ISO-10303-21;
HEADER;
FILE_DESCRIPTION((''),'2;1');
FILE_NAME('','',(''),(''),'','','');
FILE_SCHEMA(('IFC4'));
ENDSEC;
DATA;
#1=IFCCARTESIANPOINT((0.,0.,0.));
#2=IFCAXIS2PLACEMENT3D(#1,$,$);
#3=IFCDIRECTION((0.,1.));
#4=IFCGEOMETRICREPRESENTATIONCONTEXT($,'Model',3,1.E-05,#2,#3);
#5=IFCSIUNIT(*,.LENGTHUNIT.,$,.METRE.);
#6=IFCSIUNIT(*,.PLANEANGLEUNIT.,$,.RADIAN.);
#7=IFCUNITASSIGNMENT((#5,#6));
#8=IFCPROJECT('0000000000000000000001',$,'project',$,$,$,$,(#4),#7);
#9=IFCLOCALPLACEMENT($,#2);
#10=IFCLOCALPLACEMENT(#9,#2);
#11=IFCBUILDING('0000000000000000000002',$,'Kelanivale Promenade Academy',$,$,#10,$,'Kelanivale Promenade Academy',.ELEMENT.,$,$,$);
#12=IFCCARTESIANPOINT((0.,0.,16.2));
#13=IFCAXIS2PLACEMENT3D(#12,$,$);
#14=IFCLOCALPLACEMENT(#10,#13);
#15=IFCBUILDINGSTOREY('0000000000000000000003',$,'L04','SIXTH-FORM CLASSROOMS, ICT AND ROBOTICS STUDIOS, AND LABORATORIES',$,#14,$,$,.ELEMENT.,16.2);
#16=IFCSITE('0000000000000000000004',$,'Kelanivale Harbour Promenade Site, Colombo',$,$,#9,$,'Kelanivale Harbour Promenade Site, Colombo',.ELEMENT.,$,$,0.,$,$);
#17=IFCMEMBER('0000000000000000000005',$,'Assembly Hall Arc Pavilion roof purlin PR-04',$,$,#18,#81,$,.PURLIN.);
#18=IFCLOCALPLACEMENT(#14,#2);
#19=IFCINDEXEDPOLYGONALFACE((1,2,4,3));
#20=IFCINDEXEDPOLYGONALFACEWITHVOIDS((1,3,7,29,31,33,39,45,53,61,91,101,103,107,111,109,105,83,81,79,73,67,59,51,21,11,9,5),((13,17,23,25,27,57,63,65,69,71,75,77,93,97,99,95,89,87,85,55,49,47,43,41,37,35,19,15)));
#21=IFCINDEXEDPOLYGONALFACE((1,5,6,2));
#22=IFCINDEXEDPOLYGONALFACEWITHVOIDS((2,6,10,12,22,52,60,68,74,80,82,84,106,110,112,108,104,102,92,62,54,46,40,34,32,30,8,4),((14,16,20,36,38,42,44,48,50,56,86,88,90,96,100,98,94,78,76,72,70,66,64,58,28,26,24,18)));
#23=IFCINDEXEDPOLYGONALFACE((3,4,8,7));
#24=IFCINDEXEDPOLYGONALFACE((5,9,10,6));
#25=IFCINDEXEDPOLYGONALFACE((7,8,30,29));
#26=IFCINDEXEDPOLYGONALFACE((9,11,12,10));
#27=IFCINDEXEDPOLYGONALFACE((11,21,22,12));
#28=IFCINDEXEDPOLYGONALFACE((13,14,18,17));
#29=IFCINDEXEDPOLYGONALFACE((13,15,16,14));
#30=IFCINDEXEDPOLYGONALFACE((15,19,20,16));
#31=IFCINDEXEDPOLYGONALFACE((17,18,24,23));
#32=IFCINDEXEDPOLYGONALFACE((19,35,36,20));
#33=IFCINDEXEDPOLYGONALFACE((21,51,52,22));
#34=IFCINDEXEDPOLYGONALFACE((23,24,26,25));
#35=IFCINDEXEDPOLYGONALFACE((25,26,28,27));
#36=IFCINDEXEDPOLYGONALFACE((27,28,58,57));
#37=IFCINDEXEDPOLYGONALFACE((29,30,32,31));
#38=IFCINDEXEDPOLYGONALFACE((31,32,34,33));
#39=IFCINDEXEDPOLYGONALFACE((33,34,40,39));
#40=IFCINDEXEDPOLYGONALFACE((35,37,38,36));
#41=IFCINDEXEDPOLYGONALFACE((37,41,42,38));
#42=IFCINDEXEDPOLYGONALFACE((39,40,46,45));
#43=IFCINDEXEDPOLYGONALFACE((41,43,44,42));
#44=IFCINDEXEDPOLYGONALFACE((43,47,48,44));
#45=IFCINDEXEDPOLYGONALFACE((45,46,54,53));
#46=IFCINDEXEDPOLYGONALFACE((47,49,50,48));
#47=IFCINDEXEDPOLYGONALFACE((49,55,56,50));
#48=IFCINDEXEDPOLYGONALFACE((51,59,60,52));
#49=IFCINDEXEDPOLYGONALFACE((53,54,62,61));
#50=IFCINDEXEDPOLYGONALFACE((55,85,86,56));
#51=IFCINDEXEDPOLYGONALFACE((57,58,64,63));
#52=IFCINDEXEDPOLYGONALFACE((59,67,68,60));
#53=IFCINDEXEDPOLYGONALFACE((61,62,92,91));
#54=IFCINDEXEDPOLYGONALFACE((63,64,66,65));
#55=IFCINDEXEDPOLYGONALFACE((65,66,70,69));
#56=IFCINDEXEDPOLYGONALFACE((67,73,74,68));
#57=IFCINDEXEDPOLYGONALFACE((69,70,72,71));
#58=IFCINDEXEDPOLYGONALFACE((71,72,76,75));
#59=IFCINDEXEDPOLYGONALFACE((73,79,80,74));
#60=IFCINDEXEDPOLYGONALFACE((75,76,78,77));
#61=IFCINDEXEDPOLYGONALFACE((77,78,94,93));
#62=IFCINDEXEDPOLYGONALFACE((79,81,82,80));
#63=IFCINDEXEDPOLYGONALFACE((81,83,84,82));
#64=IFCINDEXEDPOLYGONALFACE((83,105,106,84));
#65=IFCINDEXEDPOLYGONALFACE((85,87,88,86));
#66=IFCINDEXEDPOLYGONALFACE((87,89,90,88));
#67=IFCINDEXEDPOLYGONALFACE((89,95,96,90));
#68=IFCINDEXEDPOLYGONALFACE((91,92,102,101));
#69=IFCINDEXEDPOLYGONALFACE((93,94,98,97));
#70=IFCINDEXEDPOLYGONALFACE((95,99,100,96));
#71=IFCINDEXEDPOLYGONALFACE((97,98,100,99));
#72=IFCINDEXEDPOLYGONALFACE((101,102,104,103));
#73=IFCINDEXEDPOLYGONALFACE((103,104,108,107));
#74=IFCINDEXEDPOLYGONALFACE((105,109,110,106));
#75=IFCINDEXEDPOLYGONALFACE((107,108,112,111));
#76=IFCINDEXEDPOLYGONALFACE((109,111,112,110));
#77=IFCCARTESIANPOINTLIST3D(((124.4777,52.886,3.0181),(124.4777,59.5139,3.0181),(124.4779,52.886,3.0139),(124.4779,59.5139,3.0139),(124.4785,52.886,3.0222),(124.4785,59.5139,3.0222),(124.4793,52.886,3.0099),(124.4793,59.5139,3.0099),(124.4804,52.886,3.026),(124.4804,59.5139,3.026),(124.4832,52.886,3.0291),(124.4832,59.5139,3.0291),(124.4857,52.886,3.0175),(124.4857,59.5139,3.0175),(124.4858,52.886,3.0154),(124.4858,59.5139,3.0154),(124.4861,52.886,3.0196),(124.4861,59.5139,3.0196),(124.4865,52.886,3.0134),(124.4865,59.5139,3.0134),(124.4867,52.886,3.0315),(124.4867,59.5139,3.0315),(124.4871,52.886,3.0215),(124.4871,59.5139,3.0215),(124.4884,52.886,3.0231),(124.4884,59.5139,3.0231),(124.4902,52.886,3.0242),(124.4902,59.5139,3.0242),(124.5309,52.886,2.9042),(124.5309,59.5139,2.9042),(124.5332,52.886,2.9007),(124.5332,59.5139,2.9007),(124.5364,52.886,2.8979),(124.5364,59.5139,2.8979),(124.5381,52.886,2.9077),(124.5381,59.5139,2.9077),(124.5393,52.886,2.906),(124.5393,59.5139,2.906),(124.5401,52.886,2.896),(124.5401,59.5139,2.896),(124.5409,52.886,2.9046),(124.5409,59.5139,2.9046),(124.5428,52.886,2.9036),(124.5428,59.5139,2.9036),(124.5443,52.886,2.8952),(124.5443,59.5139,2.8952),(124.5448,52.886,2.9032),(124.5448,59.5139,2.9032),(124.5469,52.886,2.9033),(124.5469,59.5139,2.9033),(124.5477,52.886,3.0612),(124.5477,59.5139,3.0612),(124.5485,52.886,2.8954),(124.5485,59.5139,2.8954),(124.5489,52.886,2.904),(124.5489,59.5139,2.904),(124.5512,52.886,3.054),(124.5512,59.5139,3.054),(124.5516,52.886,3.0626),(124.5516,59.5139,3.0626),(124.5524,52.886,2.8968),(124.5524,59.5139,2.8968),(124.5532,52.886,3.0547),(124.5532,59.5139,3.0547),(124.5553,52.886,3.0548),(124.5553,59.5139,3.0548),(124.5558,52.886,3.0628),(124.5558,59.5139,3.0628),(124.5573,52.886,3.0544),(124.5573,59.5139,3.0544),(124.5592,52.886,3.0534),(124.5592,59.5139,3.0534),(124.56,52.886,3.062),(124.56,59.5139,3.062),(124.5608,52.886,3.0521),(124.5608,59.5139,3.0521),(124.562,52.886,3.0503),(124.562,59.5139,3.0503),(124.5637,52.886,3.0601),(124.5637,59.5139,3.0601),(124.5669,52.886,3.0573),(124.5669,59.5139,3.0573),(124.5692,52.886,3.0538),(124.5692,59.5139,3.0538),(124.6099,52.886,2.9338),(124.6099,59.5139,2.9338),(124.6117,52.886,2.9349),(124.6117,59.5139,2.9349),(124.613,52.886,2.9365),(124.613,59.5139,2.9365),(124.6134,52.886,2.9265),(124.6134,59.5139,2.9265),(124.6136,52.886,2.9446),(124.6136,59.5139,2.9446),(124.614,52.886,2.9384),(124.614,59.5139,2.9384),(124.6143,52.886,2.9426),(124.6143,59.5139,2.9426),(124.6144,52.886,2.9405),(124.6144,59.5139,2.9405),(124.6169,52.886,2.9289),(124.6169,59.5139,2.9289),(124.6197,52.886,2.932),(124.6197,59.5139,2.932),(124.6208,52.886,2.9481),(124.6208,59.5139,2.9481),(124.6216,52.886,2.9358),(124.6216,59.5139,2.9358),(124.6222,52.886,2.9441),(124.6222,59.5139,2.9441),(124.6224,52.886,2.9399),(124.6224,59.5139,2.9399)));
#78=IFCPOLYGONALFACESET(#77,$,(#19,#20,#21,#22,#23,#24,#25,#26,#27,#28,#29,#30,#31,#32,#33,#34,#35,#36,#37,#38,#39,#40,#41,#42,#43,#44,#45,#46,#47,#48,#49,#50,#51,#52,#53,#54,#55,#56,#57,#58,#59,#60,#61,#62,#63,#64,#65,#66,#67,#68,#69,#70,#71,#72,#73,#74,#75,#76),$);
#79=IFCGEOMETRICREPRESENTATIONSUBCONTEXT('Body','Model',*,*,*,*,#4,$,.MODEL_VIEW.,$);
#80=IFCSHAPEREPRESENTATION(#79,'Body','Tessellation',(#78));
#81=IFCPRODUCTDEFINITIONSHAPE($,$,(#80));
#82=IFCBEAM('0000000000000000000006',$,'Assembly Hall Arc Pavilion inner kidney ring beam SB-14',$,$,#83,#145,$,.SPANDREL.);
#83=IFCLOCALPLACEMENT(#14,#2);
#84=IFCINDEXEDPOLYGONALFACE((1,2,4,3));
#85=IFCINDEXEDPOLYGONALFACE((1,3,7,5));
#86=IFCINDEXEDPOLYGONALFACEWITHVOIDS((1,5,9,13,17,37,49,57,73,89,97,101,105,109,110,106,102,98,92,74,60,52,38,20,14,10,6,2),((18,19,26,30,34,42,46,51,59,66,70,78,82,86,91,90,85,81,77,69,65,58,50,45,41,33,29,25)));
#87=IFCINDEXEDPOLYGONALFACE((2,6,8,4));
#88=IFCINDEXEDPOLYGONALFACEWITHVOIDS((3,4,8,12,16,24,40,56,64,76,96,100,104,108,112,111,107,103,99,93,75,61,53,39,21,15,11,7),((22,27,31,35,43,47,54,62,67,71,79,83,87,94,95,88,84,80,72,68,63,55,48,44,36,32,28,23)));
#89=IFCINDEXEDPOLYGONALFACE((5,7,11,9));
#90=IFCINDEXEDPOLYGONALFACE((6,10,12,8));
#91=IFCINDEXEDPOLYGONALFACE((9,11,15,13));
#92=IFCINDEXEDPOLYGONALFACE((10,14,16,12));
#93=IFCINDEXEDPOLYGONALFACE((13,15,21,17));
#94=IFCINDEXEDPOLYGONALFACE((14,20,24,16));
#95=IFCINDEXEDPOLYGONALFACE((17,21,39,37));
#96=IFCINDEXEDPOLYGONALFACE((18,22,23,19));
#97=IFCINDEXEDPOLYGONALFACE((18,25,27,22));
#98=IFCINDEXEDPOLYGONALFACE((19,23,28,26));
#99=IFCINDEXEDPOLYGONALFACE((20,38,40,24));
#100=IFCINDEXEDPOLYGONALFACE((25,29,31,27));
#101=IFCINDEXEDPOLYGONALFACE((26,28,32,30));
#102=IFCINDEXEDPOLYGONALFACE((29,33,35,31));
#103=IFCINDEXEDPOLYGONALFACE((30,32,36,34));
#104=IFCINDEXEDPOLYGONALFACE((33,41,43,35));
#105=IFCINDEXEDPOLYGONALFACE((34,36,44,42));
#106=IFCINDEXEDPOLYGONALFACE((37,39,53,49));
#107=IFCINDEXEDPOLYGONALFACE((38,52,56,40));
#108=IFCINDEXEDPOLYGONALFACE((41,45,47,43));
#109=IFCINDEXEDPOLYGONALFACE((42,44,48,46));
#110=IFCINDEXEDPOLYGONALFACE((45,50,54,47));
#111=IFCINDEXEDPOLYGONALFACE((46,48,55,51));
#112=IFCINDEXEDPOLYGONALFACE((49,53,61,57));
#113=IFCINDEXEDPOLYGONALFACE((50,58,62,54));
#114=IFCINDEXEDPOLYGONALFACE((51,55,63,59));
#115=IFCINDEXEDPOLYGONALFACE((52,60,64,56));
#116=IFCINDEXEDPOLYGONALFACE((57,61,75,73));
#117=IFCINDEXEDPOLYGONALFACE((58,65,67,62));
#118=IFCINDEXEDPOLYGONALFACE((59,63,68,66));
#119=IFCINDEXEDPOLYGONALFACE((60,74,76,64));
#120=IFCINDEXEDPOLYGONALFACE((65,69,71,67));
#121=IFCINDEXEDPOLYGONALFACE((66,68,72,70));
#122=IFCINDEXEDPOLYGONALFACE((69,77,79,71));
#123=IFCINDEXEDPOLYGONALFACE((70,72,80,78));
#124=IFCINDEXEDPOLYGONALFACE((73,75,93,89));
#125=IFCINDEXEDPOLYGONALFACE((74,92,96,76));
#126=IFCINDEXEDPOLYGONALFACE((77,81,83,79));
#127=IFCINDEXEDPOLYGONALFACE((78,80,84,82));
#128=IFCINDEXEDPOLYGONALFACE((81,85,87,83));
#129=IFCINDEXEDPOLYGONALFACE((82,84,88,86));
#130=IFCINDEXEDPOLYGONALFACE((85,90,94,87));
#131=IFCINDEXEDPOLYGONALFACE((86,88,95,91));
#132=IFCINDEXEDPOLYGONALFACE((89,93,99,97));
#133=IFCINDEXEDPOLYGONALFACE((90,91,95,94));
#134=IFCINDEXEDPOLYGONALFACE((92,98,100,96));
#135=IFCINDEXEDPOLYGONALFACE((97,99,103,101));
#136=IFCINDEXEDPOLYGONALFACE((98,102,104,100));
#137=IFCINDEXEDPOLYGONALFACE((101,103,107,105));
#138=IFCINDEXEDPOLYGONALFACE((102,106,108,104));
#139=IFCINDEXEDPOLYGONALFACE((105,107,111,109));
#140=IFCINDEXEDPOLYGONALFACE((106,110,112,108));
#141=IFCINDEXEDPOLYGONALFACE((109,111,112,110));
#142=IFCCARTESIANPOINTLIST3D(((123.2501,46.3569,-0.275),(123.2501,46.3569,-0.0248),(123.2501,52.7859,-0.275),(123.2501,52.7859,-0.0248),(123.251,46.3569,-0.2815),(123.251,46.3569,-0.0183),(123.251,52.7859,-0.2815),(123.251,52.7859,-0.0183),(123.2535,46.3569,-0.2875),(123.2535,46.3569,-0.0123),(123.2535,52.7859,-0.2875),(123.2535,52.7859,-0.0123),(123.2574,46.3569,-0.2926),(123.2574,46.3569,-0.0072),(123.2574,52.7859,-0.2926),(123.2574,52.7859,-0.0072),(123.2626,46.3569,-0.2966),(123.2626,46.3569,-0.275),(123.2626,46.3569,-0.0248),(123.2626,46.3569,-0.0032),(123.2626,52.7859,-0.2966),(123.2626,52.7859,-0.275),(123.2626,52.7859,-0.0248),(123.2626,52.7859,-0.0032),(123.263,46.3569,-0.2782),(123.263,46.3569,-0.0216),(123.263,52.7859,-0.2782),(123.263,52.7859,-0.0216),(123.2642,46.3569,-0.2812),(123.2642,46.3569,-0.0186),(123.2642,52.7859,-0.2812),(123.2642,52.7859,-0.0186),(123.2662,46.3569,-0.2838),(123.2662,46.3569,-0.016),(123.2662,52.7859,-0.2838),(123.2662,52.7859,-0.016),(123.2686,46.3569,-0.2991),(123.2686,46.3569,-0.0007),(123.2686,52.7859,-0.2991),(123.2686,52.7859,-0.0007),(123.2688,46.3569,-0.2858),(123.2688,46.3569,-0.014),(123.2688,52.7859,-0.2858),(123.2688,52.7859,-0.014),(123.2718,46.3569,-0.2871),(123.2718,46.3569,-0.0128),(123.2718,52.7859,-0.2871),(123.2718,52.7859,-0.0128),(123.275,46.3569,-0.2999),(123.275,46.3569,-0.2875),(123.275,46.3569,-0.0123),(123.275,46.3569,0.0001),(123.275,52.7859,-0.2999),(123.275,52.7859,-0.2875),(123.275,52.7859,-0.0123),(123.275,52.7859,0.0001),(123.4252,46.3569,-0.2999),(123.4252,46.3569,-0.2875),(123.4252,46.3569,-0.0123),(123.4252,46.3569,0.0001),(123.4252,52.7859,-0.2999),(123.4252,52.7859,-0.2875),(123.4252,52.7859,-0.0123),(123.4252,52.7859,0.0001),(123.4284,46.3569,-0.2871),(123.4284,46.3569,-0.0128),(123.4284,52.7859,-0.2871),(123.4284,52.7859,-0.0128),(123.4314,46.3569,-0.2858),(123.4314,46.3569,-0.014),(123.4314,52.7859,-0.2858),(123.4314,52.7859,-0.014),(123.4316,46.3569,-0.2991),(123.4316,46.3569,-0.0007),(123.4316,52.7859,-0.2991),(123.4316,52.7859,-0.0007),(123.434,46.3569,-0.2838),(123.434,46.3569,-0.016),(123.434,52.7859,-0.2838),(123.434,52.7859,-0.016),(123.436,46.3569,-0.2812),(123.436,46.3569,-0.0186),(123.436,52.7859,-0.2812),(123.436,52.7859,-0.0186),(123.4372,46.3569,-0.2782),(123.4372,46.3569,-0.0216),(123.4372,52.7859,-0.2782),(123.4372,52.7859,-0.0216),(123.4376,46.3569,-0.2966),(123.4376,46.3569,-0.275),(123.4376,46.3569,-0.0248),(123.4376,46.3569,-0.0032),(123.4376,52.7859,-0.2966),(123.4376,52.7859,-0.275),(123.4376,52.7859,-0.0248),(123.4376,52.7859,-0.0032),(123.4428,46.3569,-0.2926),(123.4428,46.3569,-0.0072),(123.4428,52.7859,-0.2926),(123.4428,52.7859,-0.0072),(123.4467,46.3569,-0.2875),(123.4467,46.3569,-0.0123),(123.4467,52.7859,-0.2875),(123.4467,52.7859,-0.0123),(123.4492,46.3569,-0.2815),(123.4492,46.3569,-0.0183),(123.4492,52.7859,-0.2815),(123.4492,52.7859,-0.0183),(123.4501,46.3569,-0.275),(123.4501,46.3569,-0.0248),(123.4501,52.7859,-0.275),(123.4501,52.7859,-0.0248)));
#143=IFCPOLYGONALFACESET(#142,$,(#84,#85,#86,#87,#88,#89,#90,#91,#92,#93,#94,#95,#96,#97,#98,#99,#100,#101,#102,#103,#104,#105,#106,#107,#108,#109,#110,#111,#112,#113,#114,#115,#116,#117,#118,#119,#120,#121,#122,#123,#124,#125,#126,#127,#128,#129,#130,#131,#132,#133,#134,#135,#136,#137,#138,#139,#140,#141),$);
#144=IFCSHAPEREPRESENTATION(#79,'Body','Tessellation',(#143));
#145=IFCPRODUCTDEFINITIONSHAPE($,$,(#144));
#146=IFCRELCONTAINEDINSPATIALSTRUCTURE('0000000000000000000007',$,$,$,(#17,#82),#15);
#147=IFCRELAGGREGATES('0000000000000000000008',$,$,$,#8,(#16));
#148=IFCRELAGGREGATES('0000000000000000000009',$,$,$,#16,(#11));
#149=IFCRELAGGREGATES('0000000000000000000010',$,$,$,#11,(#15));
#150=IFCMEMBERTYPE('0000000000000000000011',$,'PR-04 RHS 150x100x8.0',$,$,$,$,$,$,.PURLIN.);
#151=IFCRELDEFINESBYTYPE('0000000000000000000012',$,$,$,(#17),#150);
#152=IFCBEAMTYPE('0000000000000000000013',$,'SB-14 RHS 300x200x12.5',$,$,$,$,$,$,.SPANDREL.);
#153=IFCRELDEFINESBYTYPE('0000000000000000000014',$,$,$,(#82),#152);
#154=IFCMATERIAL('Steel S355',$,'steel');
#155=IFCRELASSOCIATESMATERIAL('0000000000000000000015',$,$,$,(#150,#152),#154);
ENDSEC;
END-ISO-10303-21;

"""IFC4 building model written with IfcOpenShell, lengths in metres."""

from ifc_helpers import new_model, si_unit, direction, frame, origin, origin_2d, place, context, subcontext, project, spatial, hollow_rectangle, extrude, material, material_profile, profile_set, type_object, element, save


model = new_model("IFC4")

# Units and contexts
model_context = context("Model", 3, precision=1e-05, world=origin(), true_north=direction((0.0, 1.0)))
body_context = subcontext(model_context, "Body", "Model", "MODEL_VIEW")
ifc_project = project(units=[si_unit("LENGTHUNIT", "METRE"), si_unit("PLANEANGLEUNIT", "RADIAN")], contexts=[model_context])

# Site, building, storey
site_placement = place(None, origin())
site = spatial("IfcSite", under=ifc_project, at=site_placement, Name="Kelanivale Harbour Promenade Site, Colombo", LongName="Kelanivale Harbour Promenade Site, Colombo", CompositionType="ELEMENT", RefElevation=0.0)
building_placement = place(site_placement, origin())
building = spatial("IfcBuilding", under=site, at=building_placement, Name="Kelanivale Promenade Academy", LongName="Kelanivale Promenade Academy", CompositionType="ELEMENT")
storey_placement = place(building_placement, frame((0.0, 0.0, 16.2)))
storey = spatial("IfcBuildingStorey", under=building, at=storey_placement, Name="L04", Description="SIXTH-FORM CLASSROOMS, ICT AND ROBOTICS STUDIOS, AND LABORATORIES", CompositionType="ELEMENT", Elevation=16.2)

# Shared definitions
ifc_material_1 = material(Name="Steel S355", Category="steel")

# Member
ifc_material_profile_1 = material_profile(ifc_material_1, hollow_rectangle(XDim=0.1001, YDim=0.1499, WallThickness=0.0081, InnerFilletRadius=0.0081, OuterFilletRadius=0.0161, at=origin_2d()), Name="RHS 150x100x8.0")
ifc_profile_set_1 = profile_set([ifc_material_profile_1], Name="Steel S355")
member_type_1 = type_object("IfcMemberType", Name="PR-04 RHS 150x100x8.0", PredefinedType="PURLIN", material=ifc_profile_set_1)
member_1_placement = place(storey_placement, frame((124.55, 52.886, 2.979), z_axis=(0.0, 1.0, 0.0), x_axis=(-0.898564, 0.0, -0.438842)))
element("IfcMember", 1, at=member_1_placement, inside=storey, type_object=member_type_1, Name="Assembly Hall Arc Pavilion roof purlin PR-04", PredefinedType="PURLIN", context=body_context, shape_type="SweptSolid", body=[
    extrude(hollow_rectangle(XDim=0.1001, YDim=0.1499, WallThickness=0.0081, InnerFilletRadius=0.0081, OuterFilletRadius=0.0161, at=origin_2d()), origin(), (0.0, 0.0, 1.0), 6.6279),
])

# Beam
ifc_material_profile_2 = material_profile(ifc_material_1, hollow_rectangle(XDim=0.2, YDim=0.3, WallThickness=0.0125, InnerFilletRadius=0.0125, OuterFilletRadius=0.0249, at=origin_2d()), Name="RHS 300x200x12.5")
ifc_profile_set_2 = profile_set([ifc_material_profile_2], Name="Steel S355")
beam_type = type_object("IfcBeamType", Name="SB-14 RHS 300x200x12.5", PredefinedType="SPANDREL", material=ifc_profile_set_2)
beam_placement = place(storey_placement, frame((123.3501, 46.3569, -0.1499), z_axis=(0.0, 1.0, 0.0), x_axis=(-1.0, 0.0, 0.0)))
element("IfcBeam", 2, at=beam_placement, inside=storey, type_object=beam_type, Name="Assembly Hall Arc Pavilion inner kidney ring beam SB-14", PredefinedType="SPANDREL", context=body_context, shape_type="SweptSolid", body=[
    extrude(hollow_rectangle(XDim=0.2, YDim=0.3, WallThickness=0.0125, InnerFilletRadius=0.0125, OuterFilletRadius=0.0249, at=origin_2d()), origin(), (0.0, 0.0, 1.0), 6.429),
])

save(model, "model.ifc")
